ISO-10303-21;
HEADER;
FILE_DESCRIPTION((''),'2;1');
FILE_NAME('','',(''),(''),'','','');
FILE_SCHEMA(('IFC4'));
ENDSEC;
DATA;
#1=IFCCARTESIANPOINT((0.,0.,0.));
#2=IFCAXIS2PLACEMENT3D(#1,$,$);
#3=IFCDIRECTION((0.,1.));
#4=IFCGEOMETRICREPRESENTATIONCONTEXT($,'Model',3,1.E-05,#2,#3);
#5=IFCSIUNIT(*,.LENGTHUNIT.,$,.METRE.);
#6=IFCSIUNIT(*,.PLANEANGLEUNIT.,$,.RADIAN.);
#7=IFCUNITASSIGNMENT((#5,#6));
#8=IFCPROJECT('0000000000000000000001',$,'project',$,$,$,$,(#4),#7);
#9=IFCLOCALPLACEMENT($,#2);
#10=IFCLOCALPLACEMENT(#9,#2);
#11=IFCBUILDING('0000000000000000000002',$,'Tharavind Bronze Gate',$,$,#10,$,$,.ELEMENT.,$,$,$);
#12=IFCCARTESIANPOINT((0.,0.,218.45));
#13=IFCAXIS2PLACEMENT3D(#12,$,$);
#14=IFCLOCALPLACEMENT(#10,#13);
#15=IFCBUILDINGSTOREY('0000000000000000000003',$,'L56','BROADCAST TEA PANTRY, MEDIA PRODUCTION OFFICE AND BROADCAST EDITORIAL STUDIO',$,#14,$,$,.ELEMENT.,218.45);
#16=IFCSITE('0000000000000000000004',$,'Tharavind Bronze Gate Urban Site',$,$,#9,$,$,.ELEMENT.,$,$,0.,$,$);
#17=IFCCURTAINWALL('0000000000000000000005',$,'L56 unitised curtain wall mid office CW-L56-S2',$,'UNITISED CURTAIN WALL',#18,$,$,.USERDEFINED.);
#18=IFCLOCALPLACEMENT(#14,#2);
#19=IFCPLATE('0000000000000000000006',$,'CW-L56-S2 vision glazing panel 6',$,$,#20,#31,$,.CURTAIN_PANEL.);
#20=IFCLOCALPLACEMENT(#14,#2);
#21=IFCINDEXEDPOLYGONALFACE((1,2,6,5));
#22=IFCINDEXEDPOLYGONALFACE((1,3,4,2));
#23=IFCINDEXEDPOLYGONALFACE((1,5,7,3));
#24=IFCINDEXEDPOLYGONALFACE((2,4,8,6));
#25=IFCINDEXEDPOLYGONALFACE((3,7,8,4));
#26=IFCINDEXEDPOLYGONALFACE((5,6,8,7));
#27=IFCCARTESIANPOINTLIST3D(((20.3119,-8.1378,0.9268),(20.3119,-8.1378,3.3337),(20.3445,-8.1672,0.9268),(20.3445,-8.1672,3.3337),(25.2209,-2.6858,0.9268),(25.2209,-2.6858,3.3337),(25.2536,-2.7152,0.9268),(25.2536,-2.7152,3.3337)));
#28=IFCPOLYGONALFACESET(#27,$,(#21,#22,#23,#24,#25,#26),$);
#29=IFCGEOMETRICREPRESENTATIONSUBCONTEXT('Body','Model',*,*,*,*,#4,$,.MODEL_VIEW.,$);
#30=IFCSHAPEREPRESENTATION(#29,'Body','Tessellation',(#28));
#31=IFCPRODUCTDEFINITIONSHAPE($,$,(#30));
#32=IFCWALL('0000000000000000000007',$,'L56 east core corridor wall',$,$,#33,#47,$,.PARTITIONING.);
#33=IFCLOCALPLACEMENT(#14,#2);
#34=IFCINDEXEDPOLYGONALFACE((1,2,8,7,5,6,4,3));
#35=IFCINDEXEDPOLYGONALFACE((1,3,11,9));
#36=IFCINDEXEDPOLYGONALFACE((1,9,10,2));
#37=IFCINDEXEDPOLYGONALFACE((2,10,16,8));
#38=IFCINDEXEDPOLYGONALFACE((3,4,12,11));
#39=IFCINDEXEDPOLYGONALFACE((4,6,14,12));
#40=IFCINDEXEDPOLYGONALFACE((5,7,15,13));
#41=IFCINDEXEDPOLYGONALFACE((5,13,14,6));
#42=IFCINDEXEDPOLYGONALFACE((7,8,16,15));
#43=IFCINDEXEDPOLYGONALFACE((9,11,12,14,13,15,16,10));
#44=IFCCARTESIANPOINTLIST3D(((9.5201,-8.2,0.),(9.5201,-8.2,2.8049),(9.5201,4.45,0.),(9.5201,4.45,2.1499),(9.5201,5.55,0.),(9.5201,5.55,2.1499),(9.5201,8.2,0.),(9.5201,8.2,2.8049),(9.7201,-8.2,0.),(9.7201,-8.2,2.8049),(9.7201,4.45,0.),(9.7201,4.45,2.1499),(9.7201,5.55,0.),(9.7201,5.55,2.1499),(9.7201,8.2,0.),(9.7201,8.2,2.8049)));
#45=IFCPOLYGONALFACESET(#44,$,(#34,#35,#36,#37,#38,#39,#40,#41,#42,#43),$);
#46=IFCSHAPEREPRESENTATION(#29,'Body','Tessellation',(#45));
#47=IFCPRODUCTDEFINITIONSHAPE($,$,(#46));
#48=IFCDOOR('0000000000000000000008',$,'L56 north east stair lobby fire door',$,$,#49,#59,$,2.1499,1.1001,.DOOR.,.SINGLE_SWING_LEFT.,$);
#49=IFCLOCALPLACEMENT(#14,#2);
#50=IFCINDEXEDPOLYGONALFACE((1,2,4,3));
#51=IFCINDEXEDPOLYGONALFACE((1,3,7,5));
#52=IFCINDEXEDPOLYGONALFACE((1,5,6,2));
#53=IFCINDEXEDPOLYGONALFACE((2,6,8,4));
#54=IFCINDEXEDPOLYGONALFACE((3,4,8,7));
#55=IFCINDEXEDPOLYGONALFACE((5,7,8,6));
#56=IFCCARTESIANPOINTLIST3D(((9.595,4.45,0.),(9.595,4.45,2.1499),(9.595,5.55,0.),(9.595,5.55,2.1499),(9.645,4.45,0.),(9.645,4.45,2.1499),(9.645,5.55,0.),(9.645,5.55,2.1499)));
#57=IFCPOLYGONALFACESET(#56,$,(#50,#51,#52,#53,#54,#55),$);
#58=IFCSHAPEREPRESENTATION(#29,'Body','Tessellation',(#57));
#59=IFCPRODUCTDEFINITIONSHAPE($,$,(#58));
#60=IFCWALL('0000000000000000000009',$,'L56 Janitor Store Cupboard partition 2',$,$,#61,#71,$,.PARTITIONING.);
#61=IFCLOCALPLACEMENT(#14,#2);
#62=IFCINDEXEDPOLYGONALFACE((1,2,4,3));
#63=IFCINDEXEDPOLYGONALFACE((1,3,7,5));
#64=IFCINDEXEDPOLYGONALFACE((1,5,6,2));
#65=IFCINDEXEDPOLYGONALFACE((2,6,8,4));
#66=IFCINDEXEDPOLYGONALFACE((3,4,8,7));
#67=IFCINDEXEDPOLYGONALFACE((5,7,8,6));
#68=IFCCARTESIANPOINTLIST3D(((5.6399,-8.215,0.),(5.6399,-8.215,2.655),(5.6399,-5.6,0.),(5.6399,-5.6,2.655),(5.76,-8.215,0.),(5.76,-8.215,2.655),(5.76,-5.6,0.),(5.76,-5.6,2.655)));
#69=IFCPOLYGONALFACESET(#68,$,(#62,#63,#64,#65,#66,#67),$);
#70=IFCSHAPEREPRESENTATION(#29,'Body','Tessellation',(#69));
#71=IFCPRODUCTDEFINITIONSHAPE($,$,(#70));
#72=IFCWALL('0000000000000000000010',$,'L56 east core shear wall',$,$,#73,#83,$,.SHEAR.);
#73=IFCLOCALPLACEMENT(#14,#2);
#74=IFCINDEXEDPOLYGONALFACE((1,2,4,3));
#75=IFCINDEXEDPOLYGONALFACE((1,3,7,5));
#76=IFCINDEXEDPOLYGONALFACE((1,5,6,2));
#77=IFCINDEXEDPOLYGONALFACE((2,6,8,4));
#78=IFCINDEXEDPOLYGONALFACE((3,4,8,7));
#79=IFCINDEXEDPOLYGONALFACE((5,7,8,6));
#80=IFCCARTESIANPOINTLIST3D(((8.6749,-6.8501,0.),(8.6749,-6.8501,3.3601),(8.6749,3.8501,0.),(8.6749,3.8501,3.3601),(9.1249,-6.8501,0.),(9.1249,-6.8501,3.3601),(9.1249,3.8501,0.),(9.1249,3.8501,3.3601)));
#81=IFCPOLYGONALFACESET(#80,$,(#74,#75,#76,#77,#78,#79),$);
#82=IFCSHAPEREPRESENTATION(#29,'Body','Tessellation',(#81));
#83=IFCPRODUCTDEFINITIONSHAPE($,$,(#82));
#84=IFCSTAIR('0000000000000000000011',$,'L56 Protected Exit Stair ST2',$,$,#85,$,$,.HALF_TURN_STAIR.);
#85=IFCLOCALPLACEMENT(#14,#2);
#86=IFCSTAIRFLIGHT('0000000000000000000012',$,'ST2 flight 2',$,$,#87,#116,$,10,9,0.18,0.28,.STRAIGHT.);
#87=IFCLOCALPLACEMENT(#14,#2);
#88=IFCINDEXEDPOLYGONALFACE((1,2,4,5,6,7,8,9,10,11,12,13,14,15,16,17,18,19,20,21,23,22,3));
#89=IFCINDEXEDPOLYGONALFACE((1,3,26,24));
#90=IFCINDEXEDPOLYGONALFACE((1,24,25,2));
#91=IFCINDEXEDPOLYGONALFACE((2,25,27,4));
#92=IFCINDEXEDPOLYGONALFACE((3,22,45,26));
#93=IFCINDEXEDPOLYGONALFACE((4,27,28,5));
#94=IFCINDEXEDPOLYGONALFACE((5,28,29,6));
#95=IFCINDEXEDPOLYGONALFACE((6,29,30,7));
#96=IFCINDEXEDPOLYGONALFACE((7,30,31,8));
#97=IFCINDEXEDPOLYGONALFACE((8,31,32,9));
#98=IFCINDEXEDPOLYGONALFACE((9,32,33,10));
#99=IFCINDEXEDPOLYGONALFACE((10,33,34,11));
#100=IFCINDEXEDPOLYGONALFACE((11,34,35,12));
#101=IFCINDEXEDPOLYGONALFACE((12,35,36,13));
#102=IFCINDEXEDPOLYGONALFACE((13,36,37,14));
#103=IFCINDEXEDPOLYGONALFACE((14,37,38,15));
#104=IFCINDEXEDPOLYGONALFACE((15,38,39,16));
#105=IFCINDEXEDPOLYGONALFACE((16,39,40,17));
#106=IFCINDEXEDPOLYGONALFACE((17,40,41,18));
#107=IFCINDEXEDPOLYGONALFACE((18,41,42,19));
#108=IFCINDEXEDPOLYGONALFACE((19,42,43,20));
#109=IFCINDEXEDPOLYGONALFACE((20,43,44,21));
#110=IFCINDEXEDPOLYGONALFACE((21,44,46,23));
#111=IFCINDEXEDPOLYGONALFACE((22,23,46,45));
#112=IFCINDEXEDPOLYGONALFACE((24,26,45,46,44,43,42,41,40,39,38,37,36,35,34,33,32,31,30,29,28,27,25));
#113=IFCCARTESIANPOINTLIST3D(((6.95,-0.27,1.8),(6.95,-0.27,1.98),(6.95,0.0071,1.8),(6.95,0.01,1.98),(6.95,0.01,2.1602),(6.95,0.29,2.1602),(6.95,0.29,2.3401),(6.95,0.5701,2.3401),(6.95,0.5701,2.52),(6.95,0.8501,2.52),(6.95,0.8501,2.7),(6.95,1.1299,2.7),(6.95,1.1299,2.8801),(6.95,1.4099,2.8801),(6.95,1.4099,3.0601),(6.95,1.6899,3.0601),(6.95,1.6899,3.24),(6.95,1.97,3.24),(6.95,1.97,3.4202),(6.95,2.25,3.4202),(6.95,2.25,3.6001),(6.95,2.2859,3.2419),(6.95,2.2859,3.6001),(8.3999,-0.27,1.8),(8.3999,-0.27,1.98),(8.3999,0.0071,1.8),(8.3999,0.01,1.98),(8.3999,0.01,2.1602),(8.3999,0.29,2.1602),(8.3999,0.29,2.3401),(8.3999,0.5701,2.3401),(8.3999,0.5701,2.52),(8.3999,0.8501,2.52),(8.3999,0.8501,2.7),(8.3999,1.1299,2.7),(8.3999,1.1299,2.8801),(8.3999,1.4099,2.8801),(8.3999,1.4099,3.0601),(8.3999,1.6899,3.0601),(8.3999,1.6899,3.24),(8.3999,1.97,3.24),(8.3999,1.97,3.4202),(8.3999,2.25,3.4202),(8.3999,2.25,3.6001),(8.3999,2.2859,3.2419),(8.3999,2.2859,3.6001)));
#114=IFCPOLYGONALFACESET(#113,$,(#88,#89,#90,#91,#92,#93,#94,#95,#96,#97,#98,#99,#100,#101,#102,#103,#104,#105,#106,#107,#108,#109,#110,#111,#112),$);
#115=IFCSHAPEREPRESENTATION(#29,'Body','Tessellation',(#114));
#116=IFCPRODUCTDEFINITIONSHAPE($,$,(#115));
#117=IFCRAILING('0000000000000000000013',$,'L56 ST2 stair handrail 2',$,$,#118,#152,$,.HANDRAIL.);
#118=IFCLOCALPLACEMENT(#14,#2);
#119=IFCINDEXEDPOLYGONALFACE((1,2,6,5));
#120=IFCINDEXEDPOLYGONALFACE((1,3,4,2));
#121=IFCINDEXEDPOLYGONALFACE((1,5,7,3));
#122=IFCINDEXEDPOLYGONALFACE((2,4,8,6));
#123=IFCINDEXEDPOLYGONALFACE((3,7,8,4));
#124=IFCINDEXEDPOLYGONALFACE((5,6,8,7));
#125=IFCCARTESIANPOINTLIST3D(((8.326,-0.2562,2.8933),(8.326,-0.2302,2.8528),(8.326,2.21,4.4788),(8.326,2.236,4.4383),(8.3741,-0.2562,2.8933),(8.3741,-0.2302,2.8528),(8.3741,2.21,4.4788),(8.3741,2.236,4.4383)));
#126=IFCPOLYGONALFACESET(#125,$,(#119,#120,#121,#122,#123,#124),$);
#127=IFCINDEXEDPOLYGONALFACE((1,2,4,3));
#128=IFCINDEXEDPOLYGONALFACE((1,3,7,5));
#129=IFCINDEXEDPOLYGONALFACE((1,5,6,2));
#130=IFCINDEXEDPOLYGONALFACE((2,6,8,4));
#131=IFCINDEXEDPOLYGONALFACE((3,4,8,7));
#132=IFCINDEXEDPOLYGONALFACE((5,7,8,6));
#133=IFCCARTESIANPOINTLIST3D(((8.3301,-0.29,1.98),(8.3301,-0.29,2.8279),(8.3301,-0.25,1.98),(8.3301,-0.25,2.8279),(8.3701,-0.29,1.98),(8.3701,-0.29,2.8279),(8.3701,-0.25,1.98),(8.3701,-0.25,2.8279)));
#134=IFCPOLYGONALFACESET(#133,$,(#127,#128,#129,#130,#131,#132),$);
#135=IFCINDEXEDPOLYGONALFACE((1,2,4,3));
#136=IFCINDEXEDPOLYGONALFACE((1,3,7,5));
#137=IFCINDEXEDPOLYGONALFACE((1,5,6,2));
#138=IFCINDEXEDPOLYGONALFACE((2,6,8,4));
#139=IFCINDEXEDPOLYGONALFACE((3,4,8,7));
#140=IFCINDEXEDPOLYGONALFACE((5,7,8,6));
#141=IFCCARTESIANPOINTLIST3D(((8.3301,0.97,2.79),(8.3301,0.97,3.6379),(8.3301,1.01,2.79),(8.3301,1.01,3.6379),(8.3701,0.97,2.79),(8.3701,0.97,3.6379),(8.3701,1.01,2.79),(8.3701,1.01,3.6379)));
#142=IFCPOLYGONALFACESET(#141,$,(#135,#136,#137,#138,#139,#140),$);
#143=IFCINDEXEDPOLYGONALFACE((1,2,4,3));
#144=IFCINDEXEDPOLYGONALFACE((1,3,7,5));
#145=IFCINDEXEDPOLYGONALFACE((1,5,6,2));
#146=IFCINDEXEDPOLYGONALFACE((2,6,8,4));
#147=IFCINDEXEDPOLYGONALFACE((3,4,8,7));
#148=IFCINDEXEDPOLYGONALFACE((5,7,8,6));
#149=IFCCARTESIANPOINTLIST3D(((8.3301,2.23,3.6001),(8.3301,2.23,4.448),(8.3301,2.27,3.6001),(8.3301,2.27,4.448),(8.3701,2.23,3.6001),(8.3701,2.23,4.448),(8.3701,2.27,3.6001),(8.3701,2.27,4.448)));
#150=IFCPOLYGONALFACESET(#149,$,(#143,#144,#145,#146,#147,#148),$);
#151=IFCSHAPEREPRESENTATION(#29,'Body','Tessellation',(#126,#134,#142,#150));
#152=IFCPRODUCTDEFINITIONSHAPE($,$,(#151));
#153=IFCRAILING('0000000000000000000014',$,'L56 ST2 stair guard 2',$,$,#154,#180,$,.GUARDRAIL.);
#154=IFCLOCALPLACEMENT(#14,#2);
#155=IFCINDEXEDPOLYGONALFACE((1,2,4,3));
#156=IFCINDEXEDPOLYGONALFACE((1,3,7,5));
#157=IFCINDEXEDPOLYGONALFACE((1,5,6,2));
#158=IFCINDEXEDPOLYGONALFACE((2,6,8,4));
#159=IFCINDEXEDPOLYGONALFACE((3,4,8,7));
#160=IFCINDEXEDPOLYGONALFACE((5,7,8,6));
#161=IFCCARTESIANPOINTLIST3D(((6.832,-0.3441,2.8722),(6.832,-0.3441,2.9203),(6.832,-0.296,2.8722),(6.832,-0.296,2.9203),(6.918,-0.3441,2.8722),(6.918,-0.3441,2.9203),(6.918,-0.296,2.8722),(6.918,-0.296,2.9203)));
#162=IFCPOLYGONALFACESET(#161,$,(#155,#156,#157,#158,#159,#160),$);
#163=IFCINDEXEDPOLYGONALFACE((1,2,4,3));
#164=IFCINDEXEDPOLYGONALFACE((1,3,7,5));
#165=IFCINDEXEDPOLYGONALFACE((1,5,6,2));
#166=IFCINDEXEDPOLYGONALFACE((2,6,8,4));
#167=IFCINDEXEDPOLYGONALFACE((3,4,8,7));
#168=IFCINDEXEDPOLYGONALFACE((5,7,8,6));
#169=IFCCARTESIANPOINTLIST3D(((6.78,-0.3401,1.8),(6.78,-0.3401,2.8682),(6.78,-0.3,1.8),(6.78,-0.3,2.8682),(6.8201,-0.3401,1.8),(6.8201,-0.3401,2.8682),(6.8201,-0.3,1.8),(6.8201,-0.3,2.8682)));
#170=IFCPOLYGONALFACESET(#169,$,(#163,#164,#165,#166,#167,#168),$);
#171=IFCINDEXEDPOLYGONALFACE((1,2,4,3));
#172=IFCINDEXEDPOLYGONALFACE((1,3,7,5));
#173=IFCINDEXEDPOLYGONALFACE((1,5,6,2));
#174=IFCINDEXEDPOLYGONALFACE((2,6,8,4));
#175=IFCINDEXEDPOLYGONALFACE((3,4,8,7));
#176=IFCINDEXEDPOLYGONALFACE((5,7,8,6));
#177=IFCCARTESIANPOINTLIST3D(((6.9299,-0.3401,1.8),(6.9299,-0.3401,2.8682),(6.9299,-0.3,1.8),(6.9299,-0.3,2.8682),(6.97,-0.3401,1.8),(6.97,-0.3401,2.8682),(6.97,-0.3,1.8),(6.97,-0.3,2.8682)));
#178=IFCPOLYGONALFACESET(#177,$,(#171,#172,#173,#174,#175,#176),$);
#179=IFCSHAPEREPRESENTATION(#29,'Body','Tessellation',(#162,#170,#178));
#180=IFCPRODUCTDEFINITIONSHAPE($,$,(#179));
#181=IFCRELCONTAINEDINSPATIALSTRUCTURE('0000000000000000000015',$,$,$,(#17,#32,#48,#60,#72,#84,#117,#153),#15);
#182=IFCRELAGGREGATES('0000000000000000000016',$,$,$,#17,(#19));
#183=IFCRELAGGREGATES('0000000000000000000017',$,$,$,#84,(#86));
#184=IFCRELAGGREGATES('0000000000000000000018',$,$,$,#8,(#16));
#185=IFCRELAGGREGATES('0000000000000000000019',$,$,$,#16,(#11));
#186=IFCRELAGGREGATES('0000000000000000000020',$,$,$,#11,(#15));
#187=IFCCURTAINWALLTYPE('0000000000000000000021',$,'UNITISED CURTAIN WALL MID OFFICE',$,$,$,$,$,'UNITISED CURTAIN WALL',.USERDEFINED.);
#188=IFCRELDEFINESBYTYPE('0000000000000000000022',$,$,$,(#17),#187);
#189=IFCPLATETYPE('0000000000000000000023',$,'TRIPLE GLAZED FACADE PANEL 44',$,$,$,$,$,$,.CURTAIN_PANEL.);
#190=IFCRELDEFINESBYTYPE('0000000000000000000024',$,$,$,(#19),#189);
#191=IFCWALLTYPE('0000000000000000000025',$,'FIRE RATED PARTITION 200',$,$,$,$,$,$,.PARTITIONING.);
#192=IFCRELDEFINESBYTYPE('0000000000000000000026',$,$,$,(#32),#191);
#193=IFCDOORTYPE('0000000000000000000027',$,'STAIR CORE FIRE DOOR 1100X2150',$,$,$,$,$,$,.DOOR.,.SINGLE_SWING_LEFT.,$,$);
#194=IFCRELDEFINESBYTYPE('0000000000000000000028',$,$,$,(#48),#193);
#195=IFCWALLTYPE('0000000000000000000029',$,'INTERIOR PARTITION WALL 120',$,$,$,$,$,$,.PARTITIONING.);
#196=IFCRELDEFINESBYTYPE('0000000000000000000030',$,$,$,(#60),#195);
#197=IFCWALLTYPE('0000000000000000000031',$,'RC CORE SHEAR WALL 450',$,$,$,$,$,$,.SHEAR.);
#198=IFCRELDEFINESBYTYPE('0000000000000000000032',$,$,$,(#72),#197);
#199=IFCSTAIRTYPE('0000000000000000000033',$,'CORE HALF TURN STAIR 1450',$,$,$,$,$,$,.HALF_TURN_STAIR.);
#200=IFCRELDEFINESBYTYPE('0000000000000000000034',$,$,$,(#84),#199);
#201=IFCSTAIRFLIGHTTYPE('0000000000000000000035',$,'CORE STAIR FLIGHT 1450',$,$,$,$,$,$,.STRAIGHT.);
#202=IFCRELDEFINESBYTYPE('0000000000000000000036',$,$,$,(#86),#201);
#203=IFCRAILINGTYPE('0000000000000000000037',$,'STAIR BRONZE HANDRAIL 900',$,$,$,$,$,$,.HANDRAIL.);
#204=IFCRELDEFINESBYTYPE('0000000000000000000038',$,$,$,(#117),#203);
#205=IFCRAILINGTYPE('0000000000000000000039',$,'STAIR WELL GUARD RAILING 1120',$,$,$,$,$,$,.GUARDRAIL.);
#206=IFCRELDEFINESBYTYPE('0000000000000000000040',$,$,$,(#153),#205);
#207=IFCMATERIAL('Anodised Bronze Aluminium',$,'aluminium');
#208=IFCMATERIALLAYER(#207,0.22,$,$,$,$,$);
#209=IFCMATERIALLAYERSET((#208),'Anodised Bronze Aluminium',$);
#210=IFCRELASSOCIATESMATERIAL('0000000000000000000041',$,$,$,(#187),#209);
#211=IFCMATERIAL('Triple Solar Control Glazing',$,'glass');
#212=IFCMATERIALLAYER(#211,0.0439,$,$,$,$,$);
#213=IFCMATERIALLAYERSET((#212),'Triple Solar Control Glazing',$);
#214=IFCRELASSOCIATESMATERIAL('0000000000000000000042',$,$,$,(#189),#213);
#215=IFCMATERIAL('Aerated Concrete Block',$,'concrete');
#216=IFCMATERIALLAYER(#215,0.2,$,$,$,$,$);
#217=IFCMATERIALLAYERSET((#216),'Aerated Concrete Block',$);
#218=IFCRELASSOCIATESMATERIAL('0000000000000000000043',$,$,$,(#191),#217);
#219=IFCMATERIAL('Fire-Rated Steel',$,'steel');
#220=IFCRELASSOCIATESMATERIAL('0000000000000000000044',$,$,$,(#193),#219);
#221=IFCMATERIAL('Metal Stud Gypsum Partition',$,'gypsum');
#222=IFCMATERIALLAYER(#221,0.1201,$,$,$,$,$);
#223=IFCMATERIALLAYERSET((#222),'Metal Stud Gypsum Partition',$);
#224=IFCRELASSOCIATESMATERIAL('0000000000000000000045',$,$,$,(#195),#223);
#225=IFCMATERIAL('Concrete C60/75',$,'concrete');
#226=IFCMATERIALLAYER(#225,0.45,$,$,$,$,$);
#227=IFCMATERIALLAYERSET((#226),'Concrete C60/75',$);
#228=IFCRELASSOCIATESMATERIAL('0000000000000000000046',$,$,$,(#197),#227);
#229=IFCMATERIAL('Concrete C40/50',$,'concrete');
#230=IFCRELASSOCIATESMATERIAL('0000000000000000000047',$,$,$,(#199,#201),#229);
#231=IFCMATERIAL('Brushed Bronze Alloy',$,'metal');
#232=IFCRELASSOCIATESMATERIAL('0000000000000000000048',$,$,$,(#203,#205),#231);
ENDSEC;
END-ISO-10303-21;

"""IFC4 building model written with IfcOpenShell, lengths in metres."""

from ifc_helpers import new_model, si_unit, direction, frame, frame_2d, origin, origin_2d, place, context, subcontext, project, spatial, polyline, rectangle, outline, extrude, material, layer, layer_set, type_object, element, fill, aggregate, save


model = new_model("IFC4")

# Units and contexts
model_context = context("Model", 3, precision=1e-05, world=origin(), true_north=direction((0.0, 1.0)))
body_context = subcontext(model_context, "Body", "Model", "MODEL_VIEW")
ifc_project = project(units=[si_unit("LENGTHUNIT", "METRE"), si_unit("PLANEANGLEUNIT", "RADIAN")], contexts=[model_context])

# Site, building, storey
site_placement = place(None, origin())
site = spatial("IfcSite", under=ifc_project, at=site_placement, Name="Tharavind Bronze Gate Urban Site", CompositionType="ELEMENT", RefElevation=0.0)
building_placement = place(site_placement, origin())
building = spatial("IfcBuilding", under=site, at=building_placement, Name="Tharavind Bronze Gate", CompositionType="ELEMENT")
storey_placement = place(building_placement, frame((0.0, 0.0, 218.45)))
storey = spatial("IfcBuildingStorey", under=building, at=storey_placement, Name="L56", Description="BROADCAST TEA PANTRY, MEDIA PRODUCTION OFFICE AND BROADCAST EDITORIAL STUDIO", CompositionType="ELEMENT", Elevation=218.45)

# Shared definitions
ifc_material_1 = material(Name="Concrete C60/75", Category="concrete")

# Curtain wall
ifc_material_2 = material(Name="Anodised Bronze Aluminium", Category="aluminium")
ifc_layer_1 = layer(ifc_material_2, 0.22)
ifc_layer_set_1 = layer_set([ifc_layer_1], Name="Anodised Bronze Aluminium")
curtain_wall_type = type_object("IfcCurtainWallType", Name="UNITISED CURTAIN WALL MID OFFICE", ElementType="UNITISED CURTAIN WALL", PredefinedType="USERDEFINED", material=ifc_layer_set_1)
curtain_wall_placement = place(storey_placement, origin())
curtain_wall = element("IfcCurtainWall", 1, at=curtain_wall_placement, inside=storey, type_object=curtain_wall_type, Name="L56 unitised curtain wall mid office CW-L56-S2", ObjectType="UNITISED CURTAIN WALL", PredefinedType="USERDEFINED")

# Plate
ifc_material_3 = material(Name="Triple Solar Control Glazing", Category="glass")
ifc_layer_2 = layer(ifc_material_3, 0.0439)
ifc_layer_set_2 = layer_set([ifc_layer_2], Name="Triple Solar Control Glazing")
plate_type_1 = type_object("IfcPlateType", Name="TRIPLE GLAZED FACADE PANEL 44", PredefinedType="CURTAIN_PANEL", material=ifc_layer_set_2)
plate_1_placement = place(storey_placement, frame((22.7827, -5.4265, 0.9268), z_axis=(0.0, 0.0, 1.0), x_axis=(0.669131, 0.743145, 0.0)))
plate_1 = element("IfcPlate", 2, at=plate_1_placement, type_object=plate_type_1, Name="CW-L56-S2 vision glazing panel 6", PredefinedType="CURTAIN_PANEL", context=body_context, shape_type="SweptSolid", body=[
    extrude(rectangle(XDim=7.3364, YDim=0.0439, at=origin_2d()), origin(), (0.0, 0.0, 1.0), 2.407),
])
aggregate(curtain_wall, [plate_1])

# Wall, opening, door
ifc_material_4 = material(Name="Aerated Concrete Block", Category="concrete")
ifc_layer_3 = layer(ifc_material_4, 0.2)
ifc_layer_set_3 = layer_set([ifc_layer_3], Name="Aerated Concrete Block")
wall_type_1 = type_object("IfcWallType", Name="FIRE RATED PARTITION 200", PredefinedType="PARTITIONING", material=ifc_layer_set_3)
wall_1_placement = place(storey_placement, frame((9.6201, -8.2, 0.0), z_axis=(0.0, 0.0, 1.0), x_axis=(0.0, 1.0, 0.0)))
wall_1 = element("IfcWall", 3, at=wall_1_placement, inside=storey, type_object=wall_type_1, Name="L56 east core corridor wall", PredefinedType="PARTITIONING", context=body_context, shape_type="SweptSolid", body=[
    extrude(rectangle(XDim=16.3999, YDim=0.2, at=frame_2d((8.2, 0.0))), origin(), (0.0, 0.0, 1.0), 2.8049),
])
opening_placement = place(wall_1_placement, frame((12.6499, 0.0, 0.0)))
opening = element("IfcOpeningElement", 4, at=opening_placement, cuts=wall_1, PredefinedType="OPENING", context=body_context, shape_type="SweptSolid", body=[
    extrude(rectangle(XDim=1.1001, YDim=2.1499, at=frame_2d((0.55, 1.075))), frame((0.0, 0.1101, 0.0), z_axis=(0.0, -1.0, 0.0), x_axis=(1.0, 0.0, 0.0)), (0.0, 0.0, 1.0), 0.22),
])
ifc_material_5 = material(Name="Fire-Rated Steel", Category="steel")
door_type = type_object("IfcDoorType", Name="STAIR CORE FIRE DOOR 1100X2150", OperationType="SINGLE_SWING_LEFT", PredefinedType="DOOR", material=ifc_material_5)
door_placement = place(opening_placement, frame((1.1001, 0.0, 0.0), z_axis=(0.0, 0.0, 1.0), x_axis=(-1.0, 0.0, 0.0)))
door = element("IfcDoor", 5, at=door_placement, inside=storey, type_object=door_type, Name="L56 north east stair lobby fire door", OperationType="SINGLE_SWING_LEFT", OverallHeight=2.1499, OverallWidth=1.1001, PredefinedType="DOOR", context=body_context, shape_type="SweptSolid", body=[
    extrude(rectangle(XDim=1.1001, YDim=2.1499, at=frame_2d((0.55, 1.075))), frame((0.0, 0.0249, 0.0), z_axis=(0.0, -1.0, 0.0), x_axis=(1.0, 0.0, 0.0)), (0.0, 0.0, 1.0), 0.05),
])
fill(opening, door)

# Walls
ifc_material_6 = material(Name="Metal Stud Gypsum Partition", Category="gypsum")
ifc_layer_4 = layer(ifc_material_6, 0.1201)
ifc_layer_set_4 = layer_set([ifc_layer_4], Name="Metal Stud Gypsum Partition")
wall_type_2 = type_object("IfcWallType", Name="INTERIOR PARTITION WALL 120", PredefinedType="PARTITIONING", material=ifc_layer_set_4)
wall_2_placement = place(storey_placement, frame((5.7, -8.2151, 0.0), z_axis=(0.0, 0.0, 1.0), x_axis=(0.0, 1.0, 0.0)))
element("IfcWall", 6, at=wall_2_placement, inside=storey, type_object=wall_type_2, Name="L56 Janitor Store Cupboard partition 2", PredefinedType="PARTITIONING", context=body_context, shape_type="SweptSolid", body=[
    extrude(rectangle(XDim=2.615, YDim=0.1201, at=frame_2d((1.3076, 0.0))), origin(), (0.0, 0.0, 1.0), 2.655),
])
ifc_layer_5 = layer(ifc_material_1, 0.45)
ifc_layer_set_5 = layer_set([ifc_layer_5], Name="Concrete C60/75")
wall_type_3 = type_object("IfcWallType", Name="RC CORE SHEAR WALL 450", PredefinedType="SHEAR", material=ifc_layer_set_5)
wall_3_placement = place(storey_placement, frame((8.8999, -6.8501, 0.0), z_axis=(0.0, 0.0, 1.0), x_axis=(0.0, 1.0, 0.0)))
element("IfcWall", 7, at=wall_3_placement, inside=storey, type_object=wall_type_3, Name="L56 east core shear wall", PredefinedType="SHEAR", context=body_context, shape_type="SweptSolid", body=[
    extrude(rectangle(XDim=10.7002, YDim=0.45, at=frame_2d((5.3501, 0.0))), origin(), (0.0, 0.0, 1.0), 3.3601),
])

# Stair, stair flight
ifc_material_7 = material(Name="Concrete C40/50", Category="concrete")
stair_type = type_object("IfcStairType", Name="CORE HALF TURN STAIR 1450", PredefinedType="HALF_TURN_STAIR", material=ifc_material_7)
stair_placement = place(storey_placement, origin())
stair = element("IfcStair", 8, at=stair_placement, inside=storey, type_object=stair_type, Name="L56 Protected Exit Stair ST2", PredefinedType="HALF_TURN_STAIR")
stair_flight_type = type_object("IfcStairFlightType", Name="CORE STAIR FLIGHT 1450", PredefinedType="STRAIGHT", material=ifc_material_7)
stair_flight_placement = place(storey_placement, frame((7.675, -0.27, 1.8), z_axis=(0.0, 0.0, 1.0), x_axis=(0.0, 1.0, 0.0)))
stair_flight = element("IfcStairFlight", 9, at=stair_flight_placement, type_object=stair_flight_type, Name="ST2 flight 2", NumberOfRisers=10, NumberOfTreads=9, PredefinedType="STRAIGHT", RiserHeight=0.18, TreadLength=0.28, context=body_context, shape_type="SweptSolid", body=[
    extrude(outline(polyline([(0.0, 0.0), (0.0, 0.1799), (0.28, 0.1799), (0.28, 0.3601), (0.5601, 0.3601), (0.5601, 0.54), (0.8401, 0.54), (0.8401, 0.72), (1.1201, 0.72), (1.1201, 0.8999), (1.3999, 0.8999), (1.3999, 1.0801), (1.6799, 1.0801), (1.6799, 1.26), (1.96, 1.26), (1.96, 1.4399), (2.24, 1.4399), (2.24, 1.6201), (2.52, 1.6201), (2.52, 1.8), (2.5559, 1.8), (2.5559, 1.4419), (0.2771, 0.0), (0.0, 0.0)])), frame((0.0, 0.7251, 0.0), z_axis=(0.0, -1.0, 0.0), x_axis=(1.0, 0.0, 0.0)), (0.0, 0.0, 1.0), 1.45),
])
aggregate(stair, [stair_flight])

# Railings
ifc_material_8 = material(Name="Brushed Bronze Alloy", Category="metal")
railing_type_1 = type_object("IfcRailingType", Name="STAIR BRONZE HANDRAIL 900", PredefinedType="HANDRAIL", material=ifc_material_8)
railing_1_placement = place(storey_placement, frame((8.3501, -0.27, 1.98)))
element("IfcRailing", 10, at=railing_1_placement, inside=storey, type_object=railing_type_1, Name="L56 ST2 stair handrail 2", PredefinedType="HANDRAIL", context=body_context, shape_type="SweptSolid", body=[
    extrude(rectangle(XDim=0.0481, YDim=0.0481, at=origin_2d()), frame((0.0, 0.0269, 0.8931), z_axis=(0.0, 0.841163, 0.540782), x_axis=(-1.0, 0.0, 0.0)), (0.0, 0.0, 1.0), 2.9319),
    extrude(rectangle(XDim=0.04, YDim=0.04, at=origin_2d()), origin(), (0.0, 0.0, 1.0), 0.8479),
    extrude(rectangle(XDim=0.04, YDim=0.04, at=origin_2d()), frame((0.0, 1.26, 0.8101)), (0.0, 0.0, 1.0), 0.8479),
    extrude(rectangle(XDim=0.04, YDim=0.04, at=origin_2d()), frame((0.0, 2.52, 1.6201)), (0.0, 0.0, 1.0), 0.8479),
])
railing_type_2 = type_object("IfcRailingType", Name="STAIR WELL GUARD RAILING 1120", PredefinedType="GUARDRAIL", material=ifc_material_8)
railing_2_placement = place(storey_placement, frame((6.8, -0.3201, 1.8)))
element("IfcRailing", 11, at=railing_2_placement, inside=storey, type_object=railing_type_2, Name="L56 ST2 stair guard 2", PredefinedType="GUARDRAIL", context=body_context, shape_type="SweptSolid", body=[
    extrude(rectangle(XDim=0.0481, YDim=0.0481, at=origin_2d()), frame((0.032, 0.0, 1.0962), z_axis=(1.0, 0.0, 0.0), x_axis=(0.0, 1.0, 0.0)), (0.0, 0.0, 1.0), 0.0859),
    extrude(rectangle(XDim=0.04, YDim=0.04, at=origin_2d()), origin(), (0.0, 0.0, 1.0), 1.0681),
    extrude(rectangle(XDim=0.04, YDim=0.04, at=origin_2d()), frame((0.1499, 0.0, 0.0)), (0.0, 0.0, 1.0), 1.0681),
])

save(model, "model.ifc")
